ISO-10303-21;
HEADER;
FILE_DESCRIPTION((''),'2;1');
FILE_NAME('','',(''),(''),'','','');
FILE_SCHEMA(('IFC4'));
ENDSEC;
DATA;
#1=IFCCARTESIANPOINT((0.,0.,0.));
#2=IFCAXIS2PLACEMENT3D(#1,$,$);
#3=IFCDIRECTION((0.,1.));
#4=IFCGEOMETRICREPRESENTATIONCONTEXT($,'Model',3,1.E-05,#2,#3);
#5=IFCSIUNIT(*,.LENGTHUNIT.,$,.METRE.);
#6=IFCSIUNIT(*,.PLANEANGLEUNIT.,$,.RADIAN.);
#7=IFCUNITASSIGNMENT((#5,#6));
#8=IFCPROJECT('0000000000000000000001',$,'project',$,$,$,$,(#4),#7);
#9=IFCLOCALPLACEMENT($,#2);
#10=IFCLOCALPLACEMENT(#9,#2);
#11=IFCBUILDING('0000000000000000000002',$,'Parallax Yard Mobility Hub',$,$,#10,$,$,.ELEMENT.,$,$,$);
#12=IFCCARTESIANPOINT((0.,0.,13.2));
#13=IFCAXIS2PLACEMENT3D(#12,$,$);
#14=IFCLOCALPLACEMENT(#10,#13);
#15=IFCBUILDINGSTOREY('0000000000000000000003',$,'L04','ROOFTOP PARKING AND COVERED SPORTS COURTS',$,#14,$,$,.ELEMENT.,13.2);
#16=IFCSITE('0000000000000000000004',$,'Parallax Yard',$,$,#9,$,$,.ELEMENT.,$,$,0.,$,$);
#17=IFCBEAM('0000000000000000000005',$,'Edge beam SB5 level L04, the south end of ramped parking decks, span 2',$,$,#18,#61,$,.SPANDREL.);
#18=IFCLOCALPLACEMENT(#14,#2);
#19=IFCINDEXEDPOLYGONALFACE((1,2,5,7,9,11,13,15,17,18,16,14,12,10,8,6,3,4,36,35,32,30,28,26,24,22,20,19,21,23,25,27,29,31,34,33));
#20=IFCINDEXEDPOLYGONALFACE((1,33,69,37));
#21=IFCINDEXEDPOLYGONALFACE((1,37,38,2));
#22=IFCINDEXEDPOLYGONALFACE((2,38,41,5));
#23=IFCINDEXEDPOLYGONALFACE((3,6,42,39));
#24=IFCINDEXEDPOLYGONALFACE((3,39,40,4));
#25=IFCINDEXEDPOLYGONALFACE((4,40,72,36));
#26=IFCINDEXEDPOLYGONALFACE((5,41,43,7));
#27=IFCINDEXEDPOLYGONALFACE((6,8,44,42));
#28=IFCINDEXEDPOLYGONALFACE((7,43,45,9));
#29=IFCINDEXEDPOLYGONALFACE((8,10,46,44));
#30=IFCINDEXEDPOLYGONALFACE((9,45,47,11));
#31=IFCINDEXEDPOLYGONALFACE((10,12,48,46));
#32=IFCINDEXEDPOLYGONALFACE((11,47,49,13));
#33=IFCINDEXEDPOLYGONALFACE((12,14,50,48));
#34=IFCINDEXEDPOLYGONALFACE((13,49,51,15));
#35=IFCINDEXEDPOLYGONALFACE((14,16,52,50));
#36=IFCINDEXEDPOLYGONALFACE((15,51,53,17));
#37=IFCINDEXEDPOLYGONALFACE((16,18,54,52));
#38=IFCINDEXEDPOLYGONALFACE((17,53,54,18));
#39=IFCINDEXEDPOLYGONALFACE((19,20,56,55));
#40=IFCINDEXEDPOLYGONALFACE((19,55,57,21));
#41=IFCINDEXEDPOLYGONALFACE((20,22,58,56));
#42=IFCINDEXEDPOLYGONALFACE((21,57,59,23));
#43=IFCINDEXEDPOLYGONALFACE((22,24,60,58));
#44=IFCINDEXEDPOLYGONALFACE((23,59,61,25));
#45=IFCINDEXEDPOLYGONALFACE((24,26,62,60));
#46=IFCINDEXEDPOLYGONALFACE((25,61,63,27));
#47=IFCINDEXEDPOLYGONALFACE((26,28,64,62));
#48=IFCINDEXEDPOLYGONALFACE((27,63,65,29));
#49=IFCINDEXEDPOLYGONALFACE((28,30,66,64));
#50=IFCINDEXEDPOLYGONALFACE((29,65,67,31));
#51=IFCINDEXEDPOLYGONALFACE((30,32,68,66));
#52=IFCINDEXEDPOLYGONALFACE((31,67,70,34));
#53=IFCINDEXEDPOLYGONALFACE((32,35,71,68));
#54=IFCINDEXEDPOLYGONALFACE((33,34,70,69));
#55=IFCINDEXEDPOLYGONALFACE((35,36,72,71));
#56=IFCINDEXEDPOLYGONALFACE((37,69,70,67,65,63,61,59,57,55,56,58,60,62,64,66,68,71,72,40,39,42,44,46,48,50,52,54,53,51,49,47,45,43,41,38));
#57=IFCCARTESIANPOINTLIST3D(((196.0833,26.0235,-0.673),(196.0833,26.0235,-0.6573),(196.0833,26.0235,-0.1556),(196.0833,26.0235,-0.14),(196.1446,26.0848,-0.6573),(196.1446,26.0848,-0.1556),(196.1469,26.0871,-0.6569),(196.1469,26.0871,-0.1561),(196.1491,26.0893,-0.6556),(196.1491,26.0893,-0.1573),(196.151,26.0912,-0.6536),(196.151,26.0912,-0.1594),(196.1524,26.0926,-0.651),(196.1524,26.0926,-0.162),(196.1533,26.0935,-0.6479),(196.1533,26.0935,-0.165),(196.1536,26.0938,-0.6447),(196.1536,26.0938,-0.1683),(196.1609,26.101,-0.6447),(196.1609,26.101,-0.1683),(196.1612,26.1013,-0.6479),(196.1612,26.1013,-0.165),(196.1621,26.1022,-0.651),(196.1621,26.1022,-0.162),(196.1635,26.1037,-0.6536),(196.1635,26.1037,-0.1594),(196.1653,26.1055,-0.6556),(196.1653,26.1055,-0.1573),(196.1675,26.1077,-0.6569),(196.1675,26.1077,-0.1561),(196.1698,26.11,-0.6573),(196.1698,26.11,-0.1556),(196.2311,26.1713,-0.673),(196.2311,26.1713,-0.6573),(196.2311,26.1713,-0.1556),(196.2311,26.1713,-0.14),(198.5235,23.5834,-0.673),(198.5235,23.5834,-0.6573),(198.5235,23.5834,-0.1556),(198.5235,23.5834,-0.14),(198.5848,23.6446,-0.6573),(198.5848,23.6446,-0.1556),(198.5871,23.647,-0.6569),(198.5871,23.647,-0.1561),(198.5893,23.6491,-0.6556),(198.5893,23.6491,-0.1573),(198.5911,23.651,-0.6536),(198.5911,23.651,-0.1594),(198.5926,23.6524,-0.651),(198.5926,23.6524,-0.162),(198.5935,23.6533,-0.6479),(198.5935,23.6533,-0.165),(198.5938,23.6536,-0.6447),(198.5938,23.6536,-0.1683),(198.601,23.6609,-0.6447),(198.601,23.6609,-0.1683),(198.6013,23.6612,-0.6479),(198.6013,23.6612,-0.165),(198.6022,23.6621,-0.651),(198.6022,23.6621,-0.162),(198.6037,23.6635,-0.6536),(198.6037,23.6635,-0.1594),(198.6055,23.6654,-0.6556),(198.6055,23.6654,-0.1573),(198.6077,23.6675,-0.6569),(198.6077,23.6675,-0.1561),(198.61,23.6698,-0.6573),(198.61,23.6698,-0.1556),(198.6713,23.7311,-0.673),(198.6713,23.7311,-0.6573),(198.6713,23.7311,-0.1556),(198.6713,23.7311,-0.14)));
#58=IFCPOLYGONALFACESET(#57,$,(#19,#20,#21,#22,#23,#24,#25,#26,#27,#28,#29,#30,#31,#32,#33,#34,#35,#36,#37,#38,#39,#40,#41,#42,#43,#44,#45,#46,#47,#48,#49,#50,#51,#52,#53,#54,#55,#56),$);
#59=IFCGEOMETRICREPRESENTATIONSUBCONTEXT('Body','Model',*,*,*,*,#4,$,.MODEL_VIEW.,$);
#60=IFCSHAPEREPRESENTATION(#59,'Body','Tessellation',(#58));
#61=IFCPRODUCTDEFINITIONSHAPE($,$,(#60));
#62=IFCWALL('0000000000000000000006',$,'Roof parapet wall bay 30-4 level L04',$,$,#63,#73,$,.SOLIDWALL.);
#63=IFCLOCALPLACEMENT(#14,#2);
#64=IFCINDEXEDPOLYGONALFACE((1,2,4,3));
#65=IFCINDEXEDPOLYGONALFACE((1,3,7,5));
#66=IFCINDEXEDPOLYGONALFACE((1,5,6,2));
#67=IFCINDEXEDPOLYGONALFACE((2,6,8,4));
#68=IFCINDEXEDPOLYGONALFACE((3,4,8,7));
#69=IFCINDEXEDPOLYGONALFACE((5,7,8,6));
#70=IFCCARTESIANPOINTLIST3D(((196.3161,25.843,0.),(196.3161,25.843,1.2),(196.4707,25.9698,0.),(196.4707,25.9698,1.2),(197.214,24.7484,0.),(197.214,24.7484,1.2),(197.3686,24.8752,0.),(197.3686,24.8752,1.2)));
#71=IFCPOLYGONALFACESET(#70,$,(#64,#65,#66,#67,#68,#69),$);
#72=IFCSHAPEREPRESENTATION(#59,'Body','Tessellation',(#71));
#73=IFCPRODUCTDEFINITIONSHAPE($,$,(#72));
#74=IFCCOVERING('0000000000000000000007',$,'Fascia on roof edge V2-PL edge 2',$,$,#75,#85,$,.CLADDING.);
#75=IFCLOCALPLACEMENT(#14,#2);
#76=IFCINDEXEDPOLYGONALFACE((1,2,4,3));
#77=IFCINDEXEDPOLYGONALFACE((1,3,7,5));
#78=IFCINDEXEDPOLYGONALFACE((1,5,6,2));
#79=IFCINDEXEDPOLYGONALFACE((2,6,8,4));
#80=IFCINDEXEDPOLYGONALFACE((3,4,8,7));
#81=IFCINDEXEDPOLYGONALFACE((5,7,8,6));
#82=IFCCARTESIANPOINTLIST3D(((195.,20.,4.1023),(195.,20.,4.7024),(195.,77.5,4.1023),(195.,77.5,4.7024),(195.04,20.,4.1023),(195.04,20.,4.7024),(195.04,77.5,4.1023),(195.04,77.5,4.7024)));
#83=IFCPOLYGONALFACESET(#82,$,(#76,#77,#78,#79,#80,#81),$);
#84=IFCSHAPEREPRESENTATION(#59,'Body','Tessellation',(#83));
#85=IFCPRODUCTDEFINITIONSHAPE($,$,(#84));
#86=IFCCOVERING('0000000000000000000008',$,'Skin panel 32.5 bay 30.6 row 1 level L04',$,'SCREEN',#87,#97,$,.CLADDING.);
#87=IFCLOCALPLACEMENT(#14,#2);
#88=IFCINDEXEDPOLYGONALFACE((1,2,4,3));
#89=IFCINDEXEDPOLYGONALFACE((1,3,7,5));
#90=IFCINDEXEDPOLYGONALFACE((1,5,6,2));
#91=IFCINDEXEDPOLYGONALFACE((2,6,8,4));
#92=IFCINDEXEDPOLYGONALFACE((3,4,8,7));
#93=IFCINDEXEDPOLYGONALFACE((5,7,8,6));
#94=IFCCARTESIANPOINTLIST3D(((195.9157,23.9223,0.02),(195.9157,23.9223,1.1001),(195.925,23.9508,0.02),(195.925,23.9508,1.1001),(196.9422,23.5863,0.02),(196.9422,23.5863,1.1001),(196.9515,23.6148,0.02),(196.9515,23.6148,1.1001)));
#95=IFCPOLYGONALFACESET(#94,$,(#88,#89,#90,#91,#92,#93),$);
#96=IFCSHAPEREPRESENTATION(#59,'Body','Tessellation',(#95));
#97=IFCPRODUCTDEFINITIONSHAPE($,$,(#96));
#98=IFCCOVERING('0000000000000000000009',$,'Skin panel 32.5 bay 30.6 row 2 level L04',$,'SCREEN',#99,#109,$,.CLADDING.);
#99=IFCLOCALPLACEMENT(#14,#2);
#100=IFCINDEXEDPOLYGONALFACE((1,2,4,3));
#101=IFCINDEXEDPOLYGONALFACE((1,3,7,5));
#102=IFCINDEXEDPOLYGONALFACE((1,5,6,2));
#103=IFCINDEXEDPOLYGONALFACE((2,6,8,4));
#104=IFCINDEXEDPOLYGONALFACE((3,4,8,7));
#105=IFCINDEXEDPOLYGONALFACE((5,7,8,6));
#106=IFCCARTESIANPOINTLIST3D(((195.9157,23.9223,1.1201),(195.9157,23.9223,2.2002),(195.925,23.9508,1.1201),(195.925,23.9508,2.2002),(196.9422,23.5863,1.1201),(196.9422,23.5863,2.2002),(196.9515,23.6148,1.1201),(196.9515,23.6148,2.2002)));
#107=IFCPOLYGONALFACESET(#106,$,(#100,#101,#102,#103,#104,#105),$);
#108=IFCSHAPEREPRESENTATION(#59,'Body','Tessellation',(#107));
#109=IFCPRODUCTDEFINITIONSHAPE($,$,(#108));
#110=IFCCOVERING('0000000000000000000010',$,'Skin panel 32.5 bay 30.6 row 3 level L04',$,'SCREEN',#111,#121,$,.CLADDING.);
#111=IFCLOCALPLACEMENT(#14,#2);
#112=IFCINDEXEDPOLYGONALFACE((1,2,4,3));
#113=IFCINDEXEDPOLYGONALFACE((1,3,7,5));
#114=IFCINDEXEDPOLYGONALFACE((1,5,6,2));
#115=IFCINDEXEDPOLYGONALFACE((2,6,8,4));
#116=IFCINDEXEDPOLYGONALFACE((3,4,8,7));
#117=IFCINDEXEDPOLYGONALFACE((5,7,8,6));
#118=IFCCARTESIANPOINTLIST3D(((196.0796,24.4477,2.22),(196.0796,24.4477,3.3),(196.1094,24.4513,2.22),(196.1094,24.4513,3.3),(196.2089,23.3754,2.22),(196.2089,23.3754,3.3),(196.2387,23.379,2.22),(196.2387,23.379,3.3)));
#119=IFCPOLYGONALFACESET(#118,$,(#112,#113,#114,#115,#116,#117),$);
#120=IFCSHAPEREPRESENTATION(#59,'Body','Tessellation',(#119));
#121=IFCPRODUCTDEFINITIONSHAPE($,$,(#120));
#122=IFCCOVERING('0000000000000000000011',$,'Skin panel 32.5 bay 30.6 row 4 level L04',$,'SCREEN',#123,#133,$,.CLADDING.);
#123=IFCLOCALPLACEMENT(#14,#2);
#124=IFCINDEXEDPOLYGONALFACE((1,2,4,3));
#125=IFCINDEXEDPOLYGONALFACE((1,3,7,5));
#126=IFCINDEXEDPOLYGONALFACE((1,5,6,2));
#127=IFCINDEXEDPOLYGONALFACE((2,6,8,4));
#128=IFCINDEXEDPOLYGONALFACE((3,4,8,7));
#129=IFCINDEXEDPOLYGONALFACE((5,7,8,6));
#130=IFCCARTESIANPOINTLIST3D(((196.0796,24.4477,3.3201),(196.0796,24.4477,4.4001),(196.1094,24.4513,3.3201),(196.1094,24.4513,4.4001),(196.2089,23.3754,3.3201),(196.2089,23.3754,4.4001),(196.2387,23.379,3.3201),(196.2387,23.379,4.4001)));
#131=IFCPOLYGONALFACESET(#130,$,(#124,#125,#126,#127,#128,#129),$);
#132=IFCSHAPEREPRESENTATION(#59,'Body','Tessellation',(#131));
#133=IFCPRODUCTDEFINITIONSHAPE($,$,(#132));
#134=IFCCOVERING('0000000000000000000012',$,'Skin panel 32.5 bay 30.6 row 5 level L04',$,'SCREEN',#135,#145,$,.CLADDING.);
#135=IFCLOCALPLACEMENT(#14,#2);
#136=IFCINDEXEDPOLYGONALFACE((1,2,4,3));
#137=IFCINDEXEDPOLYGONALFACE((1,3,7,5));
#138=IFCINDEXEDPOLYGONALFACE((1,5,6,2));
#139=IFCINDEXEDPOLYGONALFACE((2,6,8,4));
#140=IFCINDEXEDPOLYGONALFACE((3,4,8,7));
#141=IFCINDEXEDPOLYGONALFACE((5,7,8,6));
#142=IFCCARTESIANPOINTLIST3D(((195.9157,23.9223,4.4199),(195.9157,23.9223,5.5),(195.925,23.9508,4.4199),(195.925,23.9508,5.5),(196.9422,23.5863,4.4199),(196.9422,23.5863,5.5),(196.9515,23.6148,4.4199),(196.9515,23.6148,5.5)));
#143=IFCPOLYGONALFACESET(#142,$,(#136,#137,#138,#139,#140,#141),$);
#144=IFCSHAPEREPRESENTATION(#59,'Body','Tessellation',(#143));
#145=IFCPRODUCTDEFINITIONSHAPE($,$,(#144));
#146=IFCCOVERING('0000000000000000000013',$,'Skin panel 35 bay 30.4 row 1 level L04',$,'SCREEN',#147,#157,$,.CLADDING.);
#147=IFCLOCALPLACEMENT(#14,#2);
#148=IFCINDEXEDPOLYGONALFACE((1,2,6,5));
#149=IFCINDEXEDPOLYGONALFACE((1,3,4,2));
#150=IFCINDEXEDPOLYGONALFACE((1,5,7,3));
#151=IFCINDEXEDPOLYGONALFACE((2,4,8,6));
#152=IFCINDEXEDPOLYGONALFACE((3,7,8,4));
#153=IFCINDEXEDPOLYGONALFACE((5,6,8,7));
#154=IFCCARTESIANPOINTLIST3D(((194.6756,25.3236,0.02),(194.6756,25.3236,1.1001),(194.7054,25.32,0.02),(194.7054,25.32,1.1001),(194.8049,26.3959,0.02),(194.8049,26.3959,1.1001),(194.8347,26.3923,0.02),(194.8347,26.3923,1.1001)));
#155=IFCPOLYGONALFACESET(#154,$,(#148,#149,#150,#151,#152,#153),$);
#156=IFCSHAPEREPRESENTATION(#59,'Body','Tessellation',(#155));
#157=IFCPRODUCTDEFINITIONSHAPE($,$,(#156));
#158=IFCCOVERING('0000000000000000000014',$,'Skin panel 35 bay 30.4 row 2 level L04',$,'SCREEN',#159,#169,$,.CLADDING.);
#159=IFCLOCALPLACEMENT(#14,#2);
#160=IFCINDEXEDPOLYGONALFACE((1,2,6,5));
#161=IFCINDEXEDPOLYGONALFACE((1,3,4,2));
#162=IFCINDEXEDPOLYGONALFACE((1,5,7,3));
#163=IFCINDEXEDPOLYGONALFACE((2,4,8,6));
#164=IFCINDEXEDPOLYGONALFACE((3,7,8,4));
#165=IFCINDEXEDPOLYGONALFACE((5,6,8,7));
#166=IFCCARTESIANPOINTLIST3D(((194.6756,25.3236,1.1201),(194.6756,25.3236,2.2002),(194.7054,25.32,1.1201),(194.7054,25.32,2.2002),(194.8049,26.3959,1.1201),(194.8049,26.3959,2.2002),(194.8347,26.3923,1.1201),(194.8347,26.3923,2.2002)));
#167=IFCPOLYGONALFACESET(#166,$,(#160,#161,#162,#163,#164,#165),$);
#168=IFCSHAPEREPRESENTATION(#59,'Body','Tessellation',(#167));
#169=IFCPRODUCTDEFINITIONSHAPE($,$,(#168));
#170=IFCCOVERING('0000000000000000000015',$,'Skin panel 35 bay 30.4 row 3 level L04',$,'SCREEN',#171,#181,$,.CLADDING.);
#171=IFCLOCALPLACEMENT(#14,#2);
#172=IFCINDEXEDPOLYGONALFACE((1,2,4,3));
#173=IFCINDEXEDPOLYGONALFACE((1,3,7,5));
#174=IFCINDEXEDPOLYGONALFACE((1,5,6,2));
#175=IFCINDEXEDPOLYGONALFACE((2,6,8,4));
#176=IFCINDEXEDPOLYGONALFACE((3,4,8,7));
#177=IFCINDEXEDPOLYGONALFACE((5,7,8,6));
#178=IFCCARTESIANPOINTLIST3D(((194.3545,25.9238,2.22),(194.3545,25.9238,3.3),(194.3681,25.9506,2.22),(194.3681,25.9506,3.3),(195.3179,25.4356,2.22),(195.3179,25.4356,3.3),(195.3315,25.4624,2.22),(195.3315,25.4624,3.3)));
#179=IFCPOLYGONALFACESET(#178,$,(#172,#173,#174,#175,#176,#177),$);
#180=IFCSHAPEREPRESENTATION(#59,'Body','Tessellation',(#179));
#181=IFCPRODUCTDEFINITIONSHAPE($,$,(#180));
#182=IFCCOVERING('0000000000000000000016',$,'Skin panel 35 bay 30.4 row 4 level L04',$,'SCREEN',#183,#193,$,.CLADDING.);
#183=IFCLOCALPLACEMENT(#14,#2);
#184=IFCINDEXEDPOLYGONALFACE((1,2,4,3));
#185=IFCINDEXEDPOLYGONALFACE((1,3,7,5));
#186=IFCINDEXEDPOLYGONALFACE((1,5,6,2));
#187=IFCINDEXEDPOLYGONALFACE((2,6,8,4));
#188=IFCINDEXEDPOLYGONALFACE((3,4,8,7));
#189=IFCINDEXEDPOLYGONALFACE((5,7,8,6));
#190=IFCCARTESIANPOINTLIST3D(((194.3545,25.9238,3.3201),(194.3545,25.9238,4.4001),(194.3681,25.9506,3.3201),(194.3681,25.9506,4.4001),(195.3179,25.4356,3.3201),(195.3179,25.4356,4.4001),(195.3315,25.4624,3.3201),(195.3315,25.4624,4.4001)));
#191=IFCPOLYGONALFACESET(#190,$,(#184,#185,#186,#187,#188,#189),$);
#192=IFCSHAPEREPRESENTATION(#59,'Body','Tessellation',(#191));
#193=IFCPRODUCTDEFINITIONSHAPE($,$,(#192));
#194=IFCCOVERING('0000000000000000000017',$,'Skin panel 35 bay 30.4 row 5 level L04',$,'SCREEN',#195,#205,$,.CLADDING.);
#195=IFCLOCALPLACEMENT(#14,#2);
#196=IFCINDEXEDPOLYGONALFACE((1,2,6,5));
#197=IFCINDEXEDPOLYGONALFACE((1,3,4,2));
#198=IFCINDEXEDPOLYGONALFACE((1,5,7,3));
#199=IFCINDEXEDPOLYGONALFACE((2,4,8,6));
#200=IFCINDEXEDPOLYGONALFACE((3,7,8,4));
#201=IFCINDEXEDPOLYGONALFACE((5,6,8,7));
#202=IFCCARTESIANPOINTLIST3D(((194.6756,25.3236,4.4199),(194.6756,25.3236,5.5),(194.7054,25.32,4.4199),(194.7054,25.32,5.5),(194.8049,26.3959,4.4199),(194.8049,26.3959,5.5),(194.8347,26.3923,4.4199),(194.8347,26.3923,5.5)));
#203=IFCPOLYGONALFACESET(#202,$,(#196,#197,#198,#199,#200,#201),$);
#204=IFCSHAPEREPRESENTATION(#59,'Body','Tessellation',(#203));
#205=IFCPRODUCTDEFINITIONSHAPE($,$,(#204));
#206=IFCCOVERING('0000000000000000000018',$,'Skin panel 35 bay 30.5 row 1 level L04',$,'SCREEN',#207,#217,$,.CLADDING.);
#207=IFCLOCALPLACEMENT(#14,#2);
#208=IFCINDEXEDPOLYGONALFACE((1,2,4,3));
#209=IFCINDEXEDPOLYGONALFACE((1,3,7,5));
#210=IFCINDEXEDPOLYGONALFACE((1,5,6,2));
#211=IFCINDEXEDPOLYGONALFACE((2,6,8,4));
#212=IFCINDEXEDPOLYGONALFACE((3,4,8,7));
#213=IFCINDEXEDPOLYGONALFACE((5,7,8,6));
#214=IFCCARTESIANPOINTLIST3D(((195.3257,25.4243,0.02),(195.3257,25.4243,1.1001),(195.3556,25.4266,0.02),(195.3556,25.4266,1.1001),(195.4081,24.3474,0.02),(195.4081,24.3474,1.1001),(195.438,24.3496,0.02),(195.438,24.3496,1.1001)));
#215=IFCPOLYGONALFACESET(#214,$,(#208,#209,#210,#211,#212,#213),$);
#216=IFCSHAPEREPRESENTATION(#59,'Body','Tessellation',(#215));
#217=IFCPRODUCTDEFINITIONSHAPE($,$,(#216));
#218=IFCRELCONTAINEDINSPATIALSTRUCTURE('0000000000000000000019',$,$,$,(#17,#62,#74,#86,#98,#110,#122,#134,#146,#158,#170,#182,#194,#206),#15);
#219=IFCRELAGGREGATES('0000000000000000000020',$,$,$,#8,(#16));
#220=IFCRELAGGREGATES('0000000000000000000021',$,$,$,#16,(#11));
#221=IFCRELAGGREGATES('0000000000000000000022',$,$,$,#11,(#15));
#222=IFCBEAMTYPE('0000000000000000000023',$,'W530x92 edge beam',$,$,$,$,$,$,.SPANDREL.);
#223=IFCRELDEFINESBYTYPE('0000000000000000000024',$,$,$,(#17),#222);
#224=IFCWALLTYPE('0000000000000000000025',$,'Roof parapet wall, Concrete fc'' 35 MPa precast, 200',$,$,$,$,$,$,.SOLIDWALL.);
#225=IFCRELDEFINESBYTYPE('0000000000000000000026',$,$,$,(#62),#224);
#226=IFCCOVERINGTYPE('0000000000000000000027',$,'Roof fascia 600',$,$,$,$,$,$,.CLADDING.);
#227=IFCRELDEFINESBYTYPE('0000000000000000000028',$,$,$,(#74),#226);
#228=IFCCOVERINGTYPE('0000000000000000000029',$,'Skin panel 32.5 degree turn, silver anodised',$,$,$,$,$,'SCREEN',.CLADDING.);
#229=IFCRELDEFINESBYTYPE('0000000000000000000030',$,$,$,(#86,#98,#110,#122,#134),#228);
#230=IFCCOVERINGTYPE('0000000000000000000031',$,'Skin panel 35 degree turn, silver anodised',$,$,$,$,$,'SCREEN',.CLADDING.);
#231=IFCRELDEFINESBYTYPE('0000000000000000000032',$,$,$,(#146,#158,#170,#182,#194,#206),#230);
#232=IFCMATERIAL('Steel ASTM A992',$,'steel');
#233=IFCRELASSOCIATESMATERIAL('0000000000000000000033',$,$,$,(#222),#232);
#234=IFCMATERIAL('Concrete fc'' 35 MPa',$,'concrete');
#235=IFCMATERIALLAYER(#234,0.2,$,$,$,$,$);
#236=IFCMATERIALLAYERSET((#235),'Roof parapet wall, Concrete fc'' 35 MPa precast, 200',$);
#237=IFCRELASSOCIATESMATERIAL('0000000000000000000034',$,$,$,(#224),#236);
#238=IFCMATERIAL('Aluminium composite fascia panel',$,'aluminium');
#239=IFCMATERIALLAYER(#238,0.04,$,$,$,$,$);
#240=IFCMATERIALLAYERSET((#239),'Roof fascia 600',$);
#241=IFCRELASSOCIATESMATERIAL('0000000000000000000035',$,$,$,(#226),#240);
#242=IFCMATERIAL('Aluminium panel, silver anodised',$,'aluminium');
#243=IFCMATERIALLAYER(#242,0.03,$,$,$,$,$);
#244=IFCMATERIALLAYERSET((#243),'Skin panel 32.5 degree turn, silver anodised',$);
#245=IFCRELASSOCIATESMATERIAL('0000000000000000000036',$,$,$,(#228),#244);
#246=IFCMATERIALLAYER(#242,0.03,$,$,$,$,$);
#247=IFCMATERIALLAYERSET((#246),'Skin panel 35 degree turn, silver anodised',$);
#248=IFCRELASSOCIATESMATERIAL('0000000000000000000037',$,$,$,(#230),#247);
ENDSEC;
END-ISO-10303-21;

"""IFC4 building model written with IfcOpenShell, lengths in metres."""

from ifc_helpers import new_model, si_unit, direction, frame, frame_2d, origin, origin_2d, place, context, subcontext, project, spatial, polyline, rectangle, i_section, outline, extrude, material, layer, layer_set, material_profile, profile_set, type_object, element, save


model = new_model("IFC4")

# Units and contexts
model_context = context("Model", 3, precision=1e-05, world=origin(), true_north=direction((0.0, 1.0)))
body_context = subcontext(model_context, "Body", "Model", "MODEL_VIEW")
ifc_project = project(units=[si_unit("LENGTHUNIT", "METRE"), si_unit("PLANEANGLEUNIT", "RADIAN")], contexts=[model_context])

# Site, building, storey
site_placement = place(None, origin())
site = spatial("IfcSite", under=ifc_project, at=site_placement, Name="Parallax Yard", CompositionType="ELEMENT", RefElevation=0.0)
building_placement = place(site_placement, origin())
building = spatial("IfcBuilding", under=site, at=building_placement, Name="Parallax Yard Mobility Hub", CompositionType="ELEMENT")
storey_placement = place(building_placement, frame((0.0, 0.0, 13.2)))
storey = spatial("IfcBuildingStorey", under=building, at=storey_placement, Name="L04", Description="ROOFTOP PARKING AND COVERED SPORTS COURTS", CompositionType="ELEMENT", Elevation=13.2)

# Shared definitions
ifc_material_1 = material(Name="Steel ASTM A992", Category="steel")

# Beam
ifc_material_profile_1 = material_profile(ifc_material_1, i_section(OverallWidth=0.209, OverallDepth=0.533, WebThickness=0.0103, FlangeThickness=0.0156, FilletRadius=0.0127, at=origin_2d()), Name="W530x92")
ifc_profile_set_1 = profile_set([ifc_material_profile_1], Name="Steel ASTM A992")
beam_type = type_object("IfcBeamType", Name="W530x92 edge beam", PredefinedType="SPANDREL", material=ifc_profile_set_1)
beam_placement = place(storey_placement, frame((196.1572, 26.0974, -0.4065), z_axis=(0.707107, -0.707107, 0.0), x_axis=(0.707107, 0.707107, 0.0)))
element("IfcBeam", 1, at=beam_placement, inside=storey, type_object=beam_type, Name="Edge beam SB5 level L04, the south end of ramped parking decks, span 2", PredefinedType="SPANDREL", context=body_context, shape_type="SweptSolid", body=[
    extrude(i_section(OverallWidth=0.209, OverallDepth=0.533, WebThickness=0.0103, FlangeThickness=0.0156, FilletRadius=0.0127, at=origin_2d()), origin(), (0.0, 0.0, 1.0), 3.4509),
])

# Wall
ifc_material_2 = material(Name="Concrete fc' 35 MPa", Category="concrete")
ifc_layer_1 = layer(ifc_material_2, 0.2)
ifc_layer_set_1 = layer_set([ifc_layer_1], Name="Roof parapet wall, Concrete fc' 35 MPa precast, 200")
wall_type = type_object("IfcWallType", Name="Roof parapet wall, Concrete fc' 35 MPa precast, 200", PredefinedType="SOLIDWALL", material=ifc_layer_set_1)
wall_placement = place(storey_placement, frame((196.3933, 25.9065, 0.0), z_axis=(0.0, 0.0, 1.0), x_axis=(0.634195, -0.773173, 0.0)))
element("IfcWall", 2, at=wall_placement, inside=storey, type_object=wall_type, Name="Roof parapet wall bay 30-4 level L04", PredefinedType="SOLIDWALL", context=body_context, shape_type="SweptSolid", body=[
    extrude(rectangle(XDim=1.4158, YDim=0.2, at=frame_2d((0.708, 0.0))), origin(), (0.0, 0.0, 1.0), 1.2),
])

# Coverings
ifc_material_3 = material(Name="Aluminium composite fascia panel", Category="aluminium")
ifc_layer_2 = layer(ifc_material_3, 0.04)
ifc_layer_set_2 = layer_set([ifc_layer_2], Name="Roof fascia 600")
covering_type_1 = type_object("IfcCoveringType", Name="Roof fascia 600", PredefinedType="CLADDING", material=ifc_layer_set_2)
covering_placement = place(storey_placement, frame((195.0, 20.0, 4.7024), z_axis=(-1.0, 0.0, 0.0), x_axis=(0.0, 1.0, 0.0)))
element("IfcCovering", 3, at=covering_placement, inside=storey, type_object=covering_type_1, Name="Fascia on roof edge V2-PL edge 2", PredefinedType="CLADDING", context=body_context, shape_type="SweptSolid", body=[
    extrude(outline(polyline([(0.0, 0.0), (57.5, 0.0), (57.5, 0.6001), (0.0, 0.6001), (0.0, 0.0)])), origin(), (0.0, 0.0, -1.0), 0.04),
])
ifc_material_4 = material(Name="Aluminium panel, silver anodised", Category="aluminium")
ifc_layer_3 = layer(ifc_material_4, 0.03)
ifc_layer_set_3 = layer_set([ifc_layer_3], Name="Skin panel 32.5 degree turn, silver anodised")
covering_type_2 = type_object("IfcCoveringType", Name="Skin panel 32.5 degree turn, silver anodised", ElementType="SCREEN", PredefinedType="CLADDING", material=ifc_layer_set_3)
for number, where, z_axis, x_axis, name in (
    (4, (196.4336, 23.7686, 0.02), (0.0, 0.0, 1.0), (-0.95038, 0.311091, 0.0), "Skin panel 32.5 bay 30.6 row 1 level L04"),
    (5, (196.4336, 23.7686, 1.1201), (0.0, 0.0, 1.0), (-0.95038, 0.311091, 0.0), "Skin panel 32.5 bay 30.6 row 2 level L04"),
    (6, (196.1592, 23.9133, 2.22), (0.0, 0.0, 1.0), (0.119704, -0.99281, 0.0), "Skin panel 32.5 bay 30.6 row 3 level L04"),
    (7, (196.1592, 23.9133, 3.3201), (0.0, 0.0, 1.0), (0.119704, -0.99281, 0.0), "Skin panel 32.5 bay 30.6 row 4 level L04"),
    (8, (196.4336, 23.7686, 4.4199), (0.0, 0.0, 1.0), (-0.95038, 0.311091, 0.0), "Skin panel 32.5 bay 30.6 row 5 level L04"),
):
    element("IfcCovering", number, at=place(storey_placement, frame(where, z_axis=z_axis, x_axis=x_axis)), inside=storey, type_object=covering_type_2, Name=name, ObjectType="SCREEN", PredefinedType="CLADDING", context=body_context, shape_type="SweptSolid", body=[
        extrude(rectangle(XDim=1.0801, YDim=0.03, at=origin_2d()), origin(), (0.0, 0.0, 1.0), 1.0801),
    ])
ifc_layer_4 = layer(ifc_material_4, 0.03)
ifc_layer_set_4 = layer_set([ifc_layer_4], Name="Skin panel 35 degree turn, silver anodised")
covering_type_3 = type_object("IfcCoveringType", Name="Skin panel 35 degree turn, silver anodised", ElementType="SCREEN", PredefinedType="CLADDING", material=ifc_layer_set_4)
for number, where, z_axis, x_axis, name in (
    (9, (194.7551, 25.8579, 0.02), (0.0, 0.0, 1.0), (-0.119704, -0.99281, 0.0), "Skin panel 35 bay 30.4 row 1 level L04"),
    (10, (194.7551, 25.8579, 1.1201), (0.0, 0.0, 1.0), (-0.119704, -0.99281, 0.0), "Skin panel 35 bay 30.4 row 2 level L04"),
    (11, (194.843, 25.6931, 2.22), (0.0, 0.0, 1.0), (-0.891995, 0.452046, 0.0), "Skin panel 35 bay 30.4 row 3 level L04"),
    (12, (194.843, 25.6931, 3.3201), (0.0, 0.0, 1.0), (-0.891995, 0.452046, 0.0), "Skin panel 35 bay 30.4 row 4 level L04"),
    (13, (194.7551, 25.8579, 4.4199), (0.0, 0.0, 1.0), (-0.119704, -0.99281, 0.0), "Skin panel 35 bay 30.4 row 5 level L04"),
    (14, (195.3818, 24.887, 0.02), (0.0, 0.0, 1.0), (0.076284, -0.997086, 0.0), "Skin panel 35 bay 30.5 row 1 level L04"),
):
    element("IfcCovering", number, at=place(storey_placement, frame(where, z_axis=z_axis, x_axis=x_axis)), inside=storey, type_object=covering_type_3, Name=name, ObjectType="SCREEN", PredefinedType="CLADDING", context=body_context, shape_type="SweptSolid", body=[
        extrude(rectangle(XDim=1.0801, YDim=0.03, at=origin_2d()), origin(), (0.0, 0.0, 1.0), 1.0801),
    ])

save(model, "model.ifc")
